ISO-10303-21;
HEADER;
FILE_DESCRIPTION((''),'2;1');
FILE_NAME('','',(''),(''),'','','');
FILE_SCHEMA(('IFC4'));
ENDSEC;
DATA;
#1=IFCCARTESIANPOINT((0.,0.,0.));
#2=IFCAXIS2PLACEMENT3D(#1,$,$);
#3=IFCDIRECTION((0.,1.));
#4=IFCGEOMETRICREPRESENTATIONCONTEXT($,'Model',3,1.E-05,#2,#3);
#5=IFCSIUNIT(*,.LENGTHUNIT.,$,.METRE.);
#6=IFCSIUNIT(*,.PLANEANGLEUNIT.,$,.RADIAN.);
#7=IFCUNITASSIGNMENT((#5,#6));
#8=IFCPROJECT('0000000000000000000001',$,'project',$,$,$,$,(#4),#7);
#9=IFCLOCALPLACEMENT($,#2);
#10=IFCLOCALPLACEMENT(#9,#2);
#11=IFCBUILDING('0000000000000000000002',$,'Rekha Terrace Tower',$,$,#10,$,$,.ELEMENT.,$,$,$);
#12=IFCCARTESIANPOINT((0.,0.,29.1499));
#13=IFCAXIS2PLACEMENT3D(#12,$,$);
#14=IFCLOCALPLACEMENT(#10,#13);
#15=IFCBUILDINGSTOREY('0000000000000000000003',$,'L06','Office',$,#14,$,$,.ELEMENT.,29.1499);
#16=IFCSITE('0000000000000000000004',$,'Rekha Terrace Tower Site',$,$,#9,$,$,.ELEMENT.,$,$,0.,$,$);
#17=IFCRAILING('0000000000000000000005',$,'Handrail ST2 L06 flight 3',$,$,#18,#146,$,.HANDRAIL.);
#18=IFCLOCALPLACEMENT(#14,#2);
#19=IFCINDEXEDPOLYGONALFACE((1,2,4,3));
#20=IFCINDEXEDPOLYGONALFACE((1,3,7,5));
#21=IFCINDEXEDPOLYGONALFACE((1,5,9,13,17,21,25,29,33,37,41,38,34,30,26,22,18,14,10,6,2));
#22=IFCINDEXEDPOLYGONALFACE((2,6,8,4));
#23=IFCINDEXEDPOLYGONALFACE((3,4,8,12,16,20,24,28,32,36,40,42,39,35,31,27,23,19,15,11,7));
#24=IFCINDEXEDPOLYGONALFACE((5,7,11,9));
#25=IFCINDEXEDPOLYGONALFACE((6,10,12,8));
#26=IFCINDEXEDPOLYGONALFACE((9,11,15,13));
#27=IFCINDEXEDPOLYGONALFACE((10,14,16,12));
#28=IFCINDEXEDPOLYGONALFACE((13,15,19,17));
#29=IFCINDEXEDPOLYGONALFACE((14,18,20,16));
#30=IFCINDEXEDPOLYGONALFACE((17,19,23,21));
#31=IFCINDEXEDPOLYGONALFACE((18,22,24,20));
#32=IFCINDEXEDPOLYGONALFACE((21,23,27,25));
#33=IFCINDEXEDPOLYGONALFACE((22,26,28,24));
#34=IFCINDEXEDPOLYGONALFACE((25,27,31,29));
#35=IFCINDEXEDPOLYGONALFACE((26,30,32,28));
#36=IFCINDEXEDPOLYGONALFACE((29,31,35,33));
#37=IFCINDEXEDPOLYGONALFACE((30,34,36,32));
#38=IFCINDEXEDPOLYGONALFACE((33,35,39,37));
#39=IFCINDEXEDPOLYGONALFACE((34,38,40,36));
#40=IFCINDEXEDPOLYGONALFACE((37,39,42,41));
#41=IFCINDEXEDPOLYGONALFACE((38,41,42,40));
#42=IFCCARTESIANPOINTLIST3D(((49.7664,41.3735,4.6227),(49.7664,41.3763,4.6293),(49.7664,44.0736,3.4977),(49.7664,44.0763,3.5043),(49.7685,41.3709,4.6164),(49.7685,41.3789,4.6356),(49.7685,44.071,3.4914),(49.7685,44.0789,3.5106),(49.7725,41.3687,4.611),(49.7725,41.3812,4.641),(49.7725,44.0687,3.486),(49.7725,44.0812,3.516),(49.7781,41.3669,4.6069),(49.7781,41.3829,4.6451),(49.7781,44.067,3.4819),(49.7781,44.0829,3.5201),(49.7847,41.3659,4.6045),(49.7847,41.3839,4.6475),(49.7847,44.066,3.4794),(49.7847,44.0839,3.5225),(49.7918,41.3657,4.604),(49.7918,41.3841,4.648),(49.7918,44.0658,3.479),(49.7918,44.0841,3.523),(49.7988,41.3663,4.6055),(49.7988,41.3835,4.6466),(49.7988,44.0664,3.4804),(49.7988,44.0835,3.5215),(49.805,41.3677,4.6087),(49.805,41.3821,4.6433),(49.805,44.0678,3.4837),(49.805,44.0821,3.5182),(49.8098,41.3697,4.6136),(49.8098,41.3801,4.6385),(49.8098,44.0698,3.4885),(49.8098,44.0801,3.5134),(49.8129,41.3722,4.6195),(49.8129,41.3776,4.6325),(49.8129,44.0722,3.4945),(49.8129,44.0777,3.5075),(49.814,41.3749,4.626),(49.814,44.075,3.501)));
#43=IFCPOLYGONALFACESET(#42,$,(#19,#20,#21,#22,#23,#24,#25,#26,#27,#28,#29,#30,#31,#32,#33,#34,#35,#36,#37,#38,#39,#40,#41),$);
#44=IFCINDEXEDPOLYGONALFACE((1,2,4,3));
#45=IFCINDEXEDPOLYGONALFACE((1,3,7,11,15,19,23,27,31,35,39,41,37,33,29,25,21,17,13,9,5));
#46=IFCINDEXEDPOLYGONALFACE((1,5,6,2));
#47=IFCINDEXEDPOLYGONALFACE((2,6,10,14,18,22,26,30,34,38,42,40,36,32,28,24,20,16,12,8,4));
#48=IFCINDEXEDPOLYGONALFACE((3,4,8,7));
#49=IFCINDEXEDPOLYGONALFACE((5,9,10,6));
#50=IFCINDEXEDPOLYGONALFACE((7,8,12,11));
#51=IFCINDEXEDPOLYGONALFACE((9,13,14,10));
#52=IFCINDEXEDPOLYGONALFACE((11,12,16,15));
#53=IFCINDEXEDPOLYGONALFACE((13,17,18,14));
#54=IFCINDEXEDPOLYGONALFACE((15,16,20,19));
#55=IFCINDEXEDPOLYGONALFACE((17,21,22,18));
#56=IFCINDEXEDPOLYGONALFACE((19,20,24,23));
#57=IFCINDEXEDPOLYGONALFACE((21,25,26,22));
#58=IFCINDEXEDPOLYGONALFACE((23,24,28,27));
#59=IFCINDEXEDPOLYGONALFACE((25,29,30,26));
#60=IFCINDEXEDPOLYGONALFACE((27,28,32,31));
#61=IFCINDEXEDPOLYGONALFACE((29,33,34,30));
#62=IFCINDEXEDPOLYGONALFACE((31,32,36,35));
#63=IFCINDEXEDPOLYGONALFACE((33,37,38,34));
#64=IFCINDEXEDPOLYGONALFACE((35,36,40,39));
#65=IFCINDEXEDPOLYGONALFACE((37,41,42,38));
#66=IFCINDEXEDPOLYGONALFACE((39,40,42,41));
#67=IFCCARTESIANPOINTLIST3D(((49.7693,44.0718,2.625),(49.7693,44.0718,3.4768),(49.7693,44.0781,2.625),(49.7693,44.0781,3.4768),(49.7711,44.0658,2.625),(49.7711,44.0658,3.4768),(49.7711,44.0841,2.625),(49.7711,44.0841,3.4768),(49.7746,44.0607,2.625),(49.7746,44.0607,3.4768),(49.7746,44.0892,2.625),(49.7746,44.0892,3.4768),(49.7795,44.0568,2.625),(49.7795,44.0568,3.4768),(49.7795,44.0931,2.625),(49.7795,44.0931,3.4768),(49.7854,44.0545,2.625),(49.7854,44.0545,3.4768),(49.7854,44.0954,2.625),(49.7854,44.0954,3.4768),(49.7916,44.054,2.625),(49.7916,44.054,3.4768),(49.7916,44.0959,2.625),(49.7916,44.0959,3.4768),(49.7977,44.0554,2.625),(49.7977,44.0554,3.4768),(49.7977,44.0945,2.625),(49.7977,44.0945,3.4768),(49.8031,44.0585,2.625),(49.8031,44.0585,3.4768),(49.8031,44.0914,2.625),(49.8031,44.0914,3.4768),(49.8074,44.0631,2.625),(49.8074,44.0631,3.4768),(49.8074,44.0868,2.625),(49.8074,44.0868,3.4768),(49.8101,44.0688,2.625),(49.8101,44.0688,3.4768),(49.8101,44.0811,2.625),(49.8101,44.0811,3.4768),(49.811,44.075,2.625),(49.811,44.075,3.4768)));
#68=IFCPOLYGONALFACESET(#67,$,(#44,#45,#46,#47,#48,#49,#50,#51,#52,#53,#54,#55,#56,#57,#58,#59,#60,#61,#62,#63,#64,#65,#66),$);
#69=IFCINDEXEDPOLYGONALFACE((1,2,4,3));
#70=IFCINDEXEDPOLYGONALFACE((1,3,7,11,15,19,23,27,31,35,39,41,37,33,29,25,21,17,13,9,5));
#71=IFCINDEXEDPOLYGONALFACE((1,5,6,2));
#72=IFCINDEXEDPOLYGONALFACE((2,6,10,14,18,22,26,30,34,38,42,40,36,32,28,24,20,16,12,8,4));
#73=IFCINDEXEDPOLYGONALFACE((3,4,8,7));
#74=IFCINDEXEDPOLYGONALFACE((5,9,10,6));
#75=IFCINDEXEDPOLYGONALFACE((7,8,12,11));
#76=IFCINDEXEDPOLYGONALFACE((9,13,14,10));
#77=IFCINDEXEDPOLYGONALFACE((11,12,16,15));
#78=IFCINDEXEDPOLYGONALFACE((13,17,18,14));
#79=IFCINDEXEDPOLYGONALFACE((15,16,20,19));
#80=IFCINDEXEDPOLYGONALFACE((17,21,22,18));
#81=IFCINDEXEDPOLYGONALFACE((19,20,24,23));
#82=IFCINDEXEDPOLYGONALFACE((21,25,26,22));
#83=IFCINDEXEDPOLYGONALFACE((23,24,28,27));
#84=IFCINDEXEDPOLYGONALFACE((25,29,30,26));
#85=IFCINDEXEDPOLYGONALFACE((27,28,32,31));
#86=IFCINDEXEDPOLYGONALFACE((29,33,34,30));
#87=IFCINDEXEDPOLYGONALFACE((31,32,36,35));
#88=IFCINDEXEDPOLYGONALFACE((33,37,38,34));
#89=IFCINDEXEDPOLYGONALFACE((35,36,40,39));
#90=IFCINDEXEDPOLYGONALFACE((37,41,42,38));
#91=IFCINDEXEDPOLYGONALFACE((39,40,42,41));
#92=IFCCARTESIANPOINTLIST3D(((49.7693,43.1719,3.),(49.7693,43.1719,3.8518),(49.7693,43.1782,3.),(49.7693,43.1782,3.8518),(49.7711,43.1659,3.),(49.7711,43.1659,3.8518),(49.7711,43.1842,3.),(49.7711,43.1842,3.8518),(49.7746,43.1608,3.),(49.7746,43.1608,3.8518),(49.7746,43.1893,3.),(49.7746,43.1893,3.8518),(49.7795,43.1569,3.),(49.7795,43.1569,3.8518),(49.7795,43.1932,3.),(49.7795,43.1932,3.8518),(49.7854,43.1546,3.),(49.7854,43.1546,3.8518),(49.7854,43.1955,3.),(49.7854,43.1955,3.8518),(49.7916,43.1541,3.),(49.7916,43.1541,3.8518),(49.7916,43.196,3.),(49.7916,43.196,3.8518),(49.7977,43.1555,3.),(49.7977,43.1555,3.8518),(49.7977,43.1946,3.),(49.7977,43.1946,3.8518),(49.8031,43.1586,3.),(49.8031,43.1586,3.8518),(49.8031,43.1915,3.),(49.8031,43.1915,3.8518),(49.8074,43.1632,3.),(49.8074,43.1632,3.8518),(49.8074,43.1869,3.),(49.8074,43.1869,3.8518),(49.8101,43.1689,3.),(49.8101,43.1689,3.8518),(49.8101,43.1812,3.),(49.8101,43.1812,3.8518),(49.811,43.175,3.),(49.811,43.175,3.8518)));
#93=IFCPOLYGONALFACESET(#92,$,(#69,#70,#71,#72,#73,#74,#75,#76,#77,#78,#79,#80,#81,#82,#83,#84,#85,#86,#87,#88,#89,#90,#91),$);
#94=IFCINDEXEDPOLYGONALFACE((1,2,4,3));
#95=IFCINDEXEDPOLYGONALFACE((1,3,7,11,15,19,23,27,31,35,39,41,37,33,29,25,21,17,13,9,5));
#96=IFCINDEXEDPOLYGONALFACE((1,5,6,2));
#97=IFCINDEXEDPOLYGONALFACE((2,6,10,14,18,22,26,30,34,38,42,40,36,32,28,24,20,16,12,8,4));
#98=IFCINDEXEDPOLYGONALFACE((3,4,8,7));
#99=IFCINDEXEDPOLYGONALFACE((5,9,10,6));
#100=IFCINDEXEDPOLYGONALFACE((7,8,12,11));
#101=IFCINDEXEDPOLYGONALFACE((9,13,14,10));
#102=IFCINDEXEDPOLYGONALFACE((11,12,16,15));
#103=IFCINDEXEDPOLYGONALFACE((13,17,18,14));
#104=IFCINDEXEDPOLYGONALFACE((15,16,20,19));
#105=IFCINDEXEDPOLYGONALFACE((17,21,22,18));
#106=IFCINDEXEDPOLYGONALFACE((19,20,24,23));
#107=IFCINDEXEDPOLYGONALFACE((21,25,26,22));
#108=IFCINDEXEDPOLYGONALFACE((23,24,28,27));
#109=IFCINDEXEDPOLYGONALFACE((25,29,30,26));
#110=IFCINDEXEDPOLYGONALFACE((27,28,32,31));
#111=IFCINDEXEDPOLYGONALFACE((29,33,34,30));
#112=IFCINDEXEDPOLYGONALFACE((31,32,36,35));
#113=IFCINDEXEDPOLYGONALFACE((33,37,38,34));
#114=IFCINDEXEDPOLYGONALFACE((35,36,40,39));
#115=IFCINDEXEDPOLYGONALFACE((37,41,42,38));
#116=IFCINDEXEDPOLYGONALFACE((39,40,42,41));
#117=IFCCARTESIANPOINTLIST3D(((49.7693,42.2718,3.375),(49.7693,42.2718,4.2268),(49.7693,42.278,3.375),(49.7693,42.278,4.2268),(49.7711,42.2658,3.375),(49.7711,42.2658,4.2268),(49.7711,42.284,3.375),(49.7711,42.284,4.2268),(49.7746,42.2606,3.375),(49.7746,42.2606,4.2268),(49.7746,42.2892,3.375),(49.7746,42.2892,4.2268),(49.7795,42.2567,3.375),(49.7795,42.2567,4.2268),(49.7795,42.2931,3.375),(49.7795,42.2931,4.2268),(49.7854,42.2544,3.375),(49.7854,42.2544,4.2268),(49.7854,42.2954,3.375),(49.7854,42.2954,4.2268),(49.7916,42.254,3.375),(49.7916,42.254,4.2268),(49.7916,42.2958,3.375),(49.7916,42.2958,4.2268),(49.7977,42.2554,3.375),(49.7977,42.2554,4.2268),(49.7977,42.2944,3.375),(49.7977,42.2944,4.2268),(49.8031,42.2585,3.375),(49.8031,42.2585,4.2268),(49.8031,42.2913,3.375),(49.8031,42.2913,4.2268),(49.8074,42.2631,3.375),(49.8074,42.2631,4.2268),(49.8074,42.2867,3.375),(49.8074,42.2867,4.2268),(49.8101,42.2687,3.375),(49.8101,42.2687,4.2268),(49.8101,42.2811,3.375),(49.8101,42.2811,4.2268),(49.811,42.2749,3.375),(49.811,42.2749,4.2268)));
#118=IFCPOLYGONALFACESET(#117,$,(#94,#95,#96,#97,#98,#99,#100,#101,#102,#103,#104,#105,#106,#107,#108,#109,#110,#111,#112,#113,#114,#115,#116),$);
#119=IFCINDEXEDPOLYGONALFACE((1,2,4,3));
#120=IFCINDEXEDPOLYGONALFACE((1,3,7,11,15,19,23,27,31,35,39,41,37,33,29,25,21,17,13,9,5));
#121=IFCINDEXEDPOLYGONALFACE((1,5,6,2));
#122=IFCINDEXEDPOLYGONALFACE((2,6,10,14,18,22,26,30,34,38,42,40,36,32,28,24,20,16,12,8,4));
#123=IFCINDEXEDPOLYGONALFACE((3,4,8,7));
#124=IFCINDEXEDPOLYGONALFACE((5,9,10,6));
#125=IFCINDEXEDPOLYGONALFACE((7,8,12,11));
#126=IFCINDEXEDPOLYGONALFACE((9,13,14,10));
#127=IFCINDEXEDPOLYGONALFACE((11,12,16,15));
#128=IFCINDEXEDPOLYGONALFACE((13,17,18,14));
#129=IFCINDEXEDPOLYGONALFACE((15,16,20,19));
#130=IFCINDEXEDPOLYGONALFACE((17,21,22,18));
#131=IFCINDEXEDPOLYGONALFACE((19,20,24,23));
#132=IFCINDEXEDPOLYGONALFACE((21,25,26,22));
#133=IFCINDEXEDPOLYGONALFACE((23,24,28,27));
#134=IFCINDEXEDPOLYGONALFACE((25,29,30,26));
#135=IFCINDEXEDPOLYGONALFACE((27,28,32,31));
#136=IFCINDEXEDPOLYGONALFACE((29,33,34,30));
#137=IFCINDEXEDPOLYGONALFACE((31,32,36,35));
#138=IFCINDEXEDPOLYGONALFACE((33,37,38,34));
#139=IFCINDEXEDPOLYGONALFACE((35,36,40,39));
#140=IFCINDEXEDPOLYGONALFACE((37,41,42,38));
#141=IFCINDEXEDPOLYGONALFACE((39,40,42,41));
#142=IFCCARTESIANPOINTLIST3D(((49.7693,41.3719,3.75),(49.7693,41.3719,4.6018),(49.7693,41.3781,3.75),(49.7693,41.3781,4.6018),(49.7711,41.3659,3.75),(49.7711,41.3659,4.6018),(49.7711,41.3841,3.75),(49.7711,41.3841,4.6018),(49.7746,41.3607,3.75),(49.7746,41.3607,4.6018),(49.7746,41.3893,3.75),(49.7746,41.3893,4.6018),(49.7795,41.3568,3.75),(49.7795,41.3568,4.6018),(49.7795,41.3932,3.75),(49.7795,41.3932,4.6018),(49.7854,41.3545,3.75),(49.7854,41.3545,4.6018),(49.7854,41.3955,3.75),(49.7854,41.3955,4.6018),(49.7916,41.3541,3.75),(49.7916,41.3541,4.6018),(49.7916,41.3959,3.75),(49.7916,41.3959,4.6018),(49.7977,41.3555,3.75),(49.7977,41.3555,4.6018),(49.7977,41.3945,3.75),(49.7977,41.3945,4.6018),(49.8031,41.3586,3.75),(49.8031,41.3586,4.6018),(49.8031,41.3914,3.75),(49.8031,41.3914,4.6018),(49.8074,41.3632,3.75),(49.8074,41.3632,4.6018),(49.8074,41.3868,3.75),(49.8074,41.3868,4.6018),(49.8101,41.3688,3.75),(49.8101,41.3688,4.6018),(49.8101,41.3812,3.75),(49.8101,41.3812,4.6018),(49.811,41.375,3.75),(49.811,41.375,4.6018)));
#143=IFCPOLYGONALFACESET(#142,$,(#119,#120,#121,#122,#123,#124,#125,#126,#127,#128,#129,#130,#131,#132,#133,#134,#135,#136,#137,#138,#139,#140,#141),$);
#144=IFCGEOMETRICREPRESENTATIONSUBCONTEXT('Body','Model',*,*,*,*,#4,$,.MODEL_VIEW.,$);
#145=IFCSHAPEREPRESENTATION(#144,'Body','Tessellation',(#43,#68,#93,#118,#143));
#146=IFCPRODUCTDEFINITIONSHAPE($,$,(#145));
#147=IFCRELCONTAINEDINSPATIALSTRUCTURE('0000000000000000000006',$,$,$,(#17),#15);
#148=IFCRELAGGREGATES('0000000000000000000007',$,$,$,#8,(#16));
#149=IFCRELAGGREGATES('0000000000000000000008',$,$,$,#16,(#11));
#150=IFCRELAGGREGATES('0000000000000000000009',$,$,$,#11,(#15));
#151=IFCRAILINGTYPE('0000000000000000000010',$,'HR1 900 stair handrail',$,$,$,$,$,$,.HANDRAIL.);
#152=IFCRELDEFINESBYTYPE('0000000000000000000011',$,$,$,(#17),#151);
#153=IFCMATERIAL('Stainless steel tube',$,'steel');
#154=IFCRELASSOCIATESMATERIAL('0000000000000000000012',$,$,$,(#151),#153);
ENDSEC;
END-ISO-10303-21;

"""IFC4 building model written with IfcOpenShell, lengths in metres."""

from ifc_helpers import new_model, si_unit, direction, frame, origin, origin_2d, place, context, subcontext, project, spatial, circle, extrude, material, type_object, element, save


model = new_model("IFC4")

# Units and contexts
model_context = context("Model", 3, precision=1e-05, world=origin(), true_north=direction((0.0, 1.0)))
body_context = subcontext(model_context, "Body", "Model", "MODEL_VIEW")
ifc_project = project(units=[si_unit("LENGTHUNIT", "METRE"), si_unit("PLANEANGLEUNIT", "RADIAN")], contexts=[model_context])

# Site, building, storey
site_placement = place(None, origin())
site = spatial("IfcSite", under=ifc_project, at=site_placement, Name="Rekha Terrace Tower Site", CompositionType="ELEMENT", RefElevation=0.0)
building_placement = place(site_placement, origin())
building = spatial("IfcBuilding", under=site, at=building_placement, Name="Rekha Terrace Tower", CompositionType="ELEMENT")
storey_placement = place(building_placement, frame((0.0, 0.0, 29.1499)))
storey = spatial("IfcBuildingStorey", under=building, at=storey_placement, Name="L06", Description="Office", CompositionType="ELEMENT", Elevation=29.1499)

# Railing
ifc_material_1 = material(Name="Stainless steel tube", Category="steel")
railing_type_1 = type_object("IfcRailingType", Name="HR1 900 stair handrail", PredefinedType="HANDRAIL", material=ifc_material_1)
railing_1_placement = place(storey_placement, frame((49.79, 44.075, 2.625)))
element("IfcRailing", 1, at=railing_1_placement, inside=storey, type_object=railing_type_1, Name="Handrail ST2 L06 flight 3", PredefinedType="HANDRAIL", context=body_context, shape_type="SweptSolid", body=[
    extrude(circle(Radius=0.0239, at=origin_2d()), frame((0.0, 0.0, 0.876), z_axis=(0.0, -0.923074, 0.384621), x_axis=(1.0, 0.0, 0.0)), (0.0, 0.0, 1.0), 2.925),
    extrude(circle(Radius=0.021, at=origin_2d()), origin(), (0.0, 0.0, 1.0), 0.8518),
    extrude(circle(Radius=0.021, at=origin_2d()), frame((0.0, -0.8999, 0.375)), (0.0, 0.0, 1.0), 0.8518),
    extrude(circle(Radius=0.021, at=origin_2d()), frame((0.0, -1.8, 0.75)), (0.0, 0.0, 1.0), 0.8518),
    extrude(circle(Radius=0.021, at=origin_2d()), frame((0.0, -2.7, 1.125)), (0.0, 0.0, 1.0), 0.8518),
])

save(model, "model.ifc")
